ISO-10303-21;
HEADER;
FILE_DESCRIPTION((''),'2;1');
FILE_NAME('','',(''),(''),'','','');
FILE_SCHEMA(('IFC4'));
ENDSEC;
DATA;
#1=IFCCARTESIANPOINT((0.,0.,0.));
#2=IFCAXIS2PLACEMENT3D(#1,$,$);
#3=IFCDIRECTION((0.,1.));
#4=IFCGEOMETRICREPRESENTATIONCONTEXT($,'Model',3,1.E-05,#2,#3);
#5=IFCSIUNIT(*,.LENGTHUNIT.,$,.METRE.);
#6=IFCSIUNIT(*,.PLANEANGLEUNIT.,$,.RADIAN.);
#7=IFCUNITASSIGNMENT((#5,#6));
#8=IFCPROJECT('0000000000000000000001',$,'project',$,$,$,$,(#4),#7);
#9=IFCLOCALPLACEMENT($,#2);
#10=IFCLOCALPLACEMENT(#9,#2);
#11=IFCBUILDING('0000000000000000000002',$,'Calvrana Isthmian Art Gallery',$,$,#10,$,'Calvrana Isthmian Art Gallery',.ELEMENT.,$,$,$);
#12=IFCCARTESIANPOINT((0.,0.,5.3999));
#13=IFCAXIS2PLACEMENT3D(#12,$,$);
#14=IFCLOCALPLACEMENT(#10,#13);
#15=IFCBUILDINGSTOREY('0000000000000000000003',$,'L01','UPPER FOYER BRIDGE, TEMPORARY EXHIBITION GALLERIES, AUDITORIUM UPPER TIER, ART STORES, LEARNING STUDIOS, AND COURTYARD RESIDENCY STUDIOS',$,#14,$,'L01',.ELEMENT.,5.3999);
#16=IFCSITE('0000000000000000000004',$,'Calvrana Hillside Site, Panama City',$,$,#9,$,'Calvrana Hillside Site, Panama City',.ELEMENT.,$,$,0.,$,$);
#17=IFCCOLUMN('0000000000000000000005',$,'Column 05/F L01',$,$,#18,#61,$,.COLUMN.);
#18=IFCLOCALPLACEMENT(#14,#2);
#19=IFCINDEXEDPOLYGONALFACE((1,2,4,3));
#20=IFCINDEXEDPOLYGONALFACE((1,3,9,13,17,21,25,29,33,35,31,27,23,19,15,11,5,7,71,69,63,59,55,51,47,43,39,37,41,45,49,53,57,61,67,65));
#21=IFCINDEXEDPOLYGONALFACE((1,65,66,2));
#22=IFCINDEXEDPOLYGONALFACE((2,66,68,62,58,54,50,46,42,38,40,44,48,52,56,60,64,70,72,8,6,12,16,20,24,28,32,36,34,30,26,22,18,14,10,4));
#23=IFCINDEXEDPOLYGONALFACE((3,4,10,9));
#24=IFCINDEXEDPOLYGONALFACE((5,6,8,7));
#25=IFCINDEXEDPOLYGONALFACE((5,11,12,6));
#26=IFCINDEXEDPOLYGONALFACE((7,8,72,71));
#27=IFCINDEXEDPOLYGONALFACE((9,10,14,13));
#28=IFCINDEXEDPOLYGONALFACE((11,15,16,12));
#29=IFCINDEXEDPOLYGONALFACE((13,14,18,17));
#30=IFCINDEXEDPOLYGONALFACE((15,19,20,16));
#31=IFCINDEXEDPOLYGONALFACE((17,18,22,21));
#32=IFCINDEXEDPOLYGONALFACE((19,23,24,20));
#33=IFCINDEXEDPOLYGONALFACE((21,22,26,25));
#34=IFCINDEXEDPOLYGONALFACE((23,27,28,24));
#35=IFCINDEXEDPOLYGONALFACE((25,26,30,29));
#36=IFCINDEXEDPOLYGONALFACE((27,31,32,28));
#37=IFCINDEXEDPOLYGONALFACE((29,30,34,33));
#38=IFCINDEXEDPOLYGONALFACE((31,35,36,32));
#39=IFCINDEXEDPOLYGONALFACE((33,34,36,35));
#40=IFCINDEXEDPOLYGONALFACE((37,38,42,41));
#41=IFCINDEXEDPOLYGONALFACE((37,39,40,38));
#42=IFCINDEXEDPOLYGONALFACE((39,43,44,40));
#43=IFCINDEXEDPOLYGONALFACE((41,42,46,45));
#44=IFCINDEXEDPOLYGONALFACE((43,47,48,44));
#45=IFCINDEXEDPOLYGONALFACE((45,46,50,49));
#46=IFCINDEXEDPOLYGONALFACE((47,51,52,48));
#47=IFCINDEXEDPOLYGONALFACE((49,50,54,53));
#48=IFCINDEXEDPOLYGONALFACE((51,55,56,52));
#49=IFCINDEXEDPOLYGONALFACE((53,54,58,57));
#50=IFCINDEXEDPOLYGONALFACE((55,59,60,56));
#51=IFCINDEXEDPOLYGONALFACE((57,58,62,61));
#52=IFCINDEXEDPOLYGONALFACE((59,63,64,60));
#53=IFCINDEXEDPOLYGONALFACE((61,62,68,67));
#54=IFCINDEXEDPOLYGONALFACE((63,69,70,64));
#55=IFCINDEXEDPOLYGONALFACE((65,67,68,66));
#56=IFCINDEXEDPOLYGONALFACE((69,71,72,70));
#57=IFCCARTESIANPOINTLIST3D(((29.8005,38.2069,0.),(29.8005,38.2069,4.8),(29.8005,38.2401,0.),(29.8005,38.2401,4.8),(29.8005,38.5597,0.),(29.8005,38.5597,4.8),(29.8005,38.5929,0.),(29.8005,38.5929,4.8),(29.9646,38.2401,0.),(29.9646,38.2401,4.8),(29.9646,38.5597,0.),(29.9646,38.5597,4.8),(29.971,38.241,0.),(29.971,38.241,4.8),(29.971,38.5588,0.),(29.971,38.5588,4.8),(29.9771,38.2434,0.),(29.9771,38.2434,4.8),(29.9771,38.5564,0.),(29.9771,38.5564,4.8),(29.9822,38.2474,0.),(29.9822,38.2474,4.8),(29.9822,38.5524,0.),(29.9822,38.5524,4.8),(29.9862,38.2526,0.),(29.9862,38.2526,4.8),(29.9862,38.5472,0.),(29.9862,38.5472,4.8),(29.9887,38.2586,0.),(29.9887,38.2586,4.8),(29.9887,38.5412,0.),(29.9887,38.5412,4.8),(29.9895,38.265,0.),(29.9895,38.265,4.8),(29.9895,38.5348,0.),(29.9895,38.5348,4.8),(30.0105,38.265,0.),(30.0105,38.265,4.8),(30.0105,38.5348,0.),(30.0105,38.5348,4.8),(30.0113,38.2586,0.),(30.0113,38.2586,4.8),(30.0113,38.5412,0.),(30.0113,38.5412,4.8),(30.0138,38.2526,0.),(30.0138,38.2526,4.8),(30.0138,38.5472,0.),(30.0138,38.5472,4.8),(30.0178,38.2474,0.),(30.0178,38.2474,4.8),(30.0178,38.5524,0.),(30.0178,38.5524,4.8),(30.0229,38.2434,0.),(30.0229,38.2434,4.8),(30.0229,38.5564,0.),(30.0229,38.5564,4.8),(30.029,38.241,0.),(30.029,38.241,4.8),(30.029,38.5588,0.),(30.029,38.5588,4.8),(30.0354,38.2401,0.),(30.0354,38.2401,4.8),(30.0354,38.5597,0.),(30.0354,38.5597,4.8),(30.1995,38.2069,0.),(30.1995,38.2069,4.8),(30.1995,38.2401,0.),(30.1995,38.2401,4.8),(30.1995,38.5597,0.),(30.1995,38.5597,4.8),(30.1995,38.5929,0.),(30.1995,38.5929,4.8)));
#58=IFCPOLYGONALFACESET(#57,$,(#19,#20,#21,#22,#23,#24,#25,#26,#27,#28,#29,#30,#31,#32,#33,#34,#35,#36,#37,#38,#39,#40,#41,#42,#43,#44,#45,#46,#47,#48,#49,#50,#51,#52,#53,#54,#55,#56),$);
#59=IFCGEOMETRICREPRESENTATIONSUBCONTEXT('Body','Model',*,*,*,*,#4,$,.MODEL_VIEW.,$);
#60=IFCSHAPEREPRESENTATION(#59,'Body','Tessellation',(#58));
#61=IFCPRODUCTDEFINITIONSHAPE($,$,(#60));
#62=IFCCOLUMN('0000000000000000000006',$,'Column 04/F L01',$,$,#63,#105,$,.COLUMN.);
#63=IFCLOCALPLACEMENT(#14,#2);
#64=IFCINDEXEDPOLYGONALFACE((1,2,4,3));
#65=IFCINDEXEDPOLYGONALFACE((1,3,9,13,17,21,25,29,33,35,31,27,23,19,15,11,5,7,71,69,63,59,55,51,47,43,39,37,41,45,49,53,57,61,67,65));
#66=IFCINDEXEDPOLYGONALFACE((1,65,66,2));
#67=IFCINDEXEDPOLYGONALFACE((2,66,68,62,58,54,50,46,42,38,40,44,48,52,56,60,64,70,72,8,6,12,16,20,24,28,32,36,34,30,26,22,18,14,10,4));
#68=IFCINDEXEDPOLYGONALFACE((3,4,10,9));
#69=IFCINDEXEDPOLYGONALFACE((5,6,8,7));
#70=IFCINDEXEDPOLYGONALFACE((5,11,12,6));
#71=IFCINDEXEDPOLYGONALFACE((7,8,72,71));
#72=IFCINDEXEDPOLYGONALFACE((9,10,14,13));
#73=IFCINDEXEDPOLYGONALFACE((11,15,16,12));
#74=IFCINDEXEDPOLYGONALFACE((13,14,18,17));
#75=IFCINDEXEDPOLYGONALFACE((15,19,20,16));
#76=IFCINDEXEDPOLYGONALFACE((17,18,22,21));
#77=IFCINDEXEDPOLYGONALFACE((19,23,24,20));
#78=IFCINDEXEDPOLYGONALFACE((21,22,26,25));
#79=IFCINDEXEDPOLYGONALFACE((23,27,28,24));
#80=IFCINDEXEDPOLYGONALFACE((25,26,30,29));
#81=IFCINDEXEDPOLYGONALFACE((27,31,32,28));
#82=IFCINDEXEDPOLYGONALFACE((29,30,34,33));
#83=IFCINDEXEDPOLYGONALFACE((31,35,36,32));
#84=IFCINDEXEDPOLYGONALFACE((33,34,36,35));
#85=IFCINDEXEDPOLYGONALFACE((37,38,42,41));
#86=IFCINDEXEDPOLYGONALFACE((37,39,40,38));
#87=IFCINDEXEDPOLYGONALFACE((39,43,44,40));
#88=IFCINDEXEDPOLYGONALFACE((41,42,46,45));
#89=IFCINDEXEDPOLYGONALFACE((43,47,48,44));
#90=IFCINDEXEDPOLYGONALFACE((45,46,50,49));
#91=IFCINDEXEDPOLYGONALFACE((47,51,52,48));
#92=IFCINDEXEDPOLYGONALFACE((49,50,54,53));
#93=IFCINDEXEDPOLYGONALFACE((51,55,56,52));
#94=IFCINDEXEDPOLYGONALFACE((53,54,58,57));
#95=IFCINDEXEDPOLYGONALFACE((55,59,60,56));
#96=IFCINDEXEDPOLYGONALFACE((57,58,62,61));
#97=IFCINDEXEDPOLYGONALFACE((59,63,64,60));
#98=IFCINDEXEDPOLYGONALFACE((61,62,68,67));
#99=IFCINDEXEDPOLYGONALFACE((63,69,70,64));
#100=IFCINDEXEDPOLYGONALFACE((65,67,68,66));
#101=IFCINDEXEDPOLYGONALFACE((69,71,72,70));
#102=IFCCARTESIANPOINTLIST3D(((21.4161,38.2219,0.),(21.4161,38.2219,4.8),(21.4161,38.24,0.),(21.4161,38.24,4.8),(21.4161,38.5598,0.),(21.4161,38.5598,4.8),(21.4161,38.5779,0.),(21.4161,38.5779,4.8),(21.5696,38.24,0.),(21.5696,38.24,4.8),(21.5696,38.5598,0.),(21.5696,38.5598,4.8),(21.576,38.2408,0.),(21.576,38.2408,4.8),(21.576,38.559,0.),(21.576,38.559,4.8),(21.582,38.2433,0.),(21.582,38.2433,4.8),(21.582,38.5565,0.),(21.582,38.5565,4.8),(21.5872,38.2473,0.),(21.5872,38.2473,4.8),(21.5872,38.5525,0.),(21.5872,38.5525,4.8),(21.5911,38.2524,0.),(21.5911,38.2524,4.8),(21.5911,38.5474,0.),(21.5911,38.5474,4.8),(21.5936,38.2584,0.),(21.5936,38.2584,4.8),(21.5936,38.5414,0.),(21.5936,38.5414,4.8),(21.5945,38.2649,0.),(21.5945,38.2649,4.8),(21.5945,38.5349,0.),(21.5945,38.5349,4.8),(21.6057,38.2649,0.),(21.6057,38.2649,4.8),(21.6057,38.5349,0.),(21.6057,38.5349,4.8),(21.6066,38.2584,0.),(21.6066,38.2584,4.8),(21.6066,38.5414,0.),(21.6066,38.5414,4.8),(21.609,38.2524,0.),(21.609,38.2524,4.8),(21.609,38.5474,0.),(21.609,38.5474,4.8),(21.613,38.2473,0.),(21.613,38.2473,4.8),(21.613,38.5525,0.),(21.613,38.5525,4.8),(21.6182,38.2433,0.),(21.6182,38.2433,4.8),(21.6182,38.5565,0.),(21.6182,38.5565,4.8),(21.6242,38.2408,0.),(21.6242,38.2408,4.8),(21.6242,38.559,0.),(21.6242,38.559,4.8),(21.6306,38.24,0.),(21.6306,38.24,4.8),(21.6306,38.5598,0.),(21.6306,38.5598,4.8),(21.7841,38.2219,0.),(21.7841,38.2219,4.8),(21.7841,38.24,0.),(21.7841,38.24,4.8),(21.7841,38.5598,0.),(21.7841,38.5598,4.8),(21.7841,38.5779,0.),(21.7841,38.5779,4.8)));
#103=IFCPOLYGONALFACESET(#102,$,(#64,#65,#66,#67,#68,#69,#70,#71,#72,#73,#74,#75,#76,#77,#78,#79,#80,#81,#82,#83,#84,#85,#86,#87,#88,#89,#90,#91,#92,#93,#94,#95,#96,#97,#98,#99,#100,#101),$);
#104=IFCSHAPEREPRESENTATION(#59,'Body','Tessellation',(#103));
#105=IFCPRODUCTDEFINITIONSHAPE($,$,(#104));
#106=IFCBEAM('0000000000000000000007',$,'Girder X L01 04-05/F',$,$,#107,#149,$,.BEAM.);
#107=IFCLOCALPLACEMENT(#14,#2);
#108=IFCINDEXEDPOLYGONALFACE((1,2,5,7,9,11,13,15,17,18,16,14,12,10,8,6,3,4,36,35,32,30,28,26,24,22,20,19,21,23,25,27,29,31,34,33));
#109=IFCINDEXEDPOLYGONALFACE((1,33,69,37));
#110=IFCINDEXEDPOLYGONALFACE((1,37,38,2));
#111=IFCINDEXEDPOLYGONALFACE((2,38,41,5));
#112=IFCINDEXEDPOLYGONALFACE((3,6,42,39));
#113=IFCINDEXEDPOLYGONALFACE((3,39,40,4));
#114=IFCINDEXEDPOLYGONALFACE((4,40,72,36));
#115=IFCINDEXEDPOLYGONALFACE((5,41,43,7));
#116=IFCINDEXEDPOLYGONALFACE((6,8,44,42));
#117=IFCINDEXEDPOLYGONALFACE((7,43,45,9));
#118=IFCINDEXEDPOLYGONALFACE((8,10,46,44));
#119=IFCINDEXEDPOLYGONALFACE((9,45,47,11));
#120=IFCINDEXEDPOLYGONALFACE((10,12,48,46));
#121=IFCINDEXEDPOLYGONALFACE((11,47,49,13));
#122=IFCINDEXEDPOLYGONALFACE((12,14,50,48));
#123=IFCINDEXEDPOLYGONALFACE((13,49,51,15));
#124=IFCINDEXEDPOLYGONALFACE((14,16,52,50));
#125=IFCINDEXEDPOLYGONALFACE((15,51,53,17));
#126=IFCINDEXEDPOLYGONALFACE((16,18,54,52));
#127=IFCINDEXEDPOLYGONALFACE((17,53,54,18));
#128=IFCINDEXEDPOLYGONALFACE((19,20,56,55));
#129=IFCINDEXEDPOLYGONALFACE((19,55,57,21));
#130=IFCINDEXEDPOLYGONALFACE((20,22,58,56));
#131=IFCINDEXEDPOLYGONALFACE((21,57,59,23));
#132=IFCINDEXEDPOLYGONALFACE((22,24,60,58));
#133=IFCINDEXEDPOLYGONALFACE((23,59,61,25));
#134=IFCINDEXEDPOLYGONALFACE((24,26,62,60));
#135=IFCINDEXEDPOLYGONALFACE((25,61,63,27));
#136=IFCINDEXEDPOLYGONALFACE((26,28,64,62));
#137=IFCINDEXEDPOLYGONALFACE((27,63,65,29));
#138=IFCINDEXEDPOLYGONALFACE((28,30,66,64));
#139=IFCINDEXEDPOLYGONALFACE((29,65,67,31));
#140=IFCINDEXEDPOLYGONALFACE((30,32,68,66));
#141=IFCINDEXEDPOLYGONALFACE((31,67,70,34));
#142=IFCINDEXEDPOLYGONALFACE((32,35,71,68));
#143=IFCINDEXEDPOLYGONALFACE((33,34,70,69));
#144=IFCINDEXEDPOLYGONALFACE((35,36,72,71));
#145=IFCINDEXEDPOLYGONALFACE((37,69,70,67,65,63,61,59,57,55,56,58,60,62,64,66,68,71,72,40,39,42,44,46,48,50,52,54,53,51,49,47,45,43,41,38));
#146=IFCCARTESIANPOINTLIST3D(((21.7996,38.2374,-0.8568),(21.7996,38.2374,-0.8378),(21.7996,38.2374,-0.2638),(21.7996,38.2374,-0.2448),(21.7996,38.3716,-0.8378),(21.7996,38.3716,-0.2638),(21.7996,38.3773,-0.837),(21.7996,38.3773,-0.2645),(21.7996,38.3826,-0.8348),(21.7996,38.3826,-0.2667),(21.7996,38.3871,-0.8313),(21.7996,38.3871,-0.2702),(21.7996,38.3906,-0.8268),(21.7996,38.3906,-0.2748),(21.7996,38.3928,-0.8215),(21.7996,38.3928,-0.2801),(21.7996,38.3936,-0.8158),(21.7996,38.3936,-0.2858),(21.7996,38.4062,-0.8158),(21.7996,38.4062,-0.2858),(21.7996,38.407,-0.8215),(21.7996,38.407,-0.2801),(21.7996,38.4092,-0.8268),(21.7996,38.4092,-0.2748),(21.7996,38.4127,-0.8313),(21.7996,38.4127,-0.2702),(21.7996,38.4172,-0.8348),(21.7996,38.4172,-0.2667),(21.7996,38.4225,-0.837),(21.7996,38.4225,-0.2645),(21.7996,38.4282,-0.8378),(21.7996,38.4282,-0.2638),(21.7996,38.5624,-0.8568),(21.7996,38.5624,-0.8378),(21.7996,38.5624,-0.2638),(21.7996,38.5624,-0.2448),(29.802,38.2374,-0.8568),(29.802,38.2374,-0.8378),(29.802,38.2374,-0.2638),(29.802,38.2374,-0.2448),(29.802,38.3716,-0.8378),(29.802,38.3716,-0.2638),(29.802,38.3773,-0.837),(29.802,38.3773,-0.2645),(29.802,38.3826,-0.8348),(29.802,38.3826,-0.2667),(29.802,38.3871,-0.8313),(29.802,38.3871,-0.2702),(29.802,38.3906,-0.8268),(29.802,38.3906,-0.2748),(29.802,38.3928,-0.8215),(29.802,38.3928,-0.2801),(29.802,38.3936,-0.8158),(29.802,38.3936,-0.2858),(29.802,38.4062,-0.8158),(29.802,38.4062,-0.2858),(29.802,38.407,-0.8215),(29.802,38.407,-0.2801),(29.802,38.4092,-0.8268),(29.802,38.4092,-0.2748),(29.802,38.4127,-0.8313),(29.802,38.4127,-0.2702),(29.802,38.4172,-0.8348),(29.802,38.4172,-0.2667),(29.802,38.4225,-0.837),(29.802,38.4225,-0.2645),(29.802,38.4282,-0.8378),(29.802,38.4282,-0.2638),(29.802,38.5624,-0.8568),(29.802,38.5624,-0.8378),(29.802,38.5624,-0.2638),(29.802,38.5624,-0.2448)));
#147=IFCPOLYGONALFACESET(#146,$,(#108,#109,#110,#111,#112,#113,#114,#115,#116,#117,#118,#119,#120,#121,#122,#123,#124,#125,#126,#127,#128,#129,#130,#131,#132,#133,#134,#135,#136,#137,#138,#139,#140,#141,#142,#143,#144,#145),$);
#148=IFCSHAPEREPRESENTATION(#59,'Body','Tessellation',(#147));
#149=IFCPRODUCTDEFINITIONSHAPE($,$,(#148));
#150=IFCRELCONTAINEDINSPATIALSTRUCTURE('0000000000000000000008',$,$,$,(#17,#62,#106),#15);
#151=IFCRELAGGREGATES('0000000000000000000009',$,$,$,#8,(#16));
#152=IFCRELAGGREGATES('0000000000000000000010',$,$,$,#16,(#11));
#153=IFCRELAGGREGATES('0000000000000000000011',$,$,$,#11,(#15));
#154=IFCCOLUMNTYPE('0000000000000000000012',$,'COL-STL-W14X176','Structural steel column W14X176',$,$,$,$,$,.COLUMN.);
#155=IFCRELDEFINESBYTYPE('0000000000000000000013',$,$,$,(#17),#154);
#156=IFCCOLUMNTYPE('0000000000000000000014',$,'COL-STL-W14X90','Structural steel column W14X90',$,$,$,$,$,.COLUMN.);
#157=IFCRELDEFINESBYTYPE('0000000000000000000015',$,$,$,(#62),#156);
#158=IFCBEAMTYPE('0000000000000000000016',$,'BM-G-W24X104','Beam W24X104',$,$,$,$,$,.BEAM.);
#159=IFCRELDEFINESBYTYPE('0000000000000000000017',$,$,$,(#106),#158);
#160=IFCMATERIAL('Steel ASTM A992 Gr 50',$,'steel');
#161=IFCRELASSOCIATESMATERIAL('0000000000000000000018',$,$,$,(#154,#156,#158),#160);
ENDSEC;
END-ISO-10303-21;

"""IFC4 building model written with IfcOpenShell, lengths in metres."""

from ifc_helpers import new_model, si_unit, direction, frame, origin, origin_2d, place, context, subcontext, project, spatial, i_section, extrude, material, material_profile, profile_set, type_object, element, save


model = new_model("IFC4")

# Units and contexts
model_context = context("Model", 3, precision=1e-05, world=origin(), true_north=direction((0.0, 1.0)))
body_context = subcontext(model_context, "Body", "Model", "MODEL_VIEW")
ifc_project = project(units=[si_unit("LENGTHUNIT", "METRE"), si_unit("PLANEANGLEUNIT", "RADIAN")], contexts=[model_context])

# Site, building, storey
site_placement = place(None, origin())
site = spatial("IfcSite", under=ifc_project, at=site_placement, Name="Calvrana Hillside Site, Panama City", LongName="Calvrana Hillside Site, Panama City", CompositionType="ELEMENT", RefElevation=0.0)
building_placement = place(site_placement, origin())
building = spatial("IfcBuilding", under=site, at=building_placement, Name="Calvrana Isthmian Art Gallery", LongName="Calvrana Isthmian Art Gallery", CompositionType="ELEMENT")
storey_placement = place(building_placement, frame((0.0, 0.0, 5.3999)))
storey = spatial("IfcBuildingStorey", under=building, at=storey_placement, Name="L01", Description="UPPER FOYER BRIDGE, TEMPORARY EXHIBITION GALLERIES, AUDITORIUM UPPER TIER, ART STORES, LEARNING STUDIOS, AND COURTYARD RESIDENCY STUDIOS", LongName="L01", CompositionType="ELEMENT", Elevation=5.3999)

# Columns
ifc_material_1 = material(Name="Steel ASTM A992 Gr 50", Category="steel")
ifc_material_profile_1 = material_profile(ifc_material_1, i_section(OverallWidth=0.3989, OverallDepth=0.386, WebThickness=0.021, FlangeThickness=0.0332, FilletRadius=0.0249, at=origin_2d()), Name="W14X176")
ifc_profile_set_1 = profile_set([ifc_material_profile_1], Name="Steel ASTM A992 Gr 50")
column_type_1 = type_object("IfcColumnType", Name="COL-STL-W14X176", Description="Structural steel column W14X176", PredefinedType="COLUMN", material=ifc_profile_set_1)
column_1_placement = place(storey_placement, frame((30.0, 38.3999, 0.0), z_axis=(0.0, 0.0, 1.0), x_axis=(1.0, 0.0, 0.0)))
element("IfcColumn", 1, at=column_1_placement, inside=storey, type_object=column_type_1, Name="Column 05/F L01", PredefinedType="COLUMN", context=body_context, shape_type="SweptSolid", body=[
    extrude(i_section(OverallWidth=0.3989, OverallDepth=0.386, WebThickness=0.021, FlangeThickness=0.0332, FilletRadius=0.0249, at=origin_2d()), origin(), (0.0, 0.0, 1.0), 4.8),
])
ifc_material_profile_2 = material_profile(ifc_material_1, i_section(OverallWidth=0.3679, OverallDepth=0.356, WebThickness=0.0112, FlangeThickness=0.0181, FilletRadius=0.0249, at=origin_2d()), Name="W14X90")
ifc_profile_set_2 = profile_set([ifc_material_profile_2], Name="Steel ASTM A992 Gr 50")
column_type_2 = type_object("IfcColumnType", Name="COL-STL-W14X90", Description="Structural steel column W14X90", PredefinedType="COLUMN", material=ifc_profile_set_2)
column_2_placement = place(storey_placement, frame((21.6001, 38.3999, 0.0), z_axis=(0.0, 0.0, 1.0), x_axis=(1.0, 0.0, 0.0)))
element("IfcColumn", 2, at=column_2_placement, inside=storey, type_object=column_type_2, Name="Column 04/F L01", PredefinedType="COLUMN", context=body_context, shape_type="SweptSolid", body=[
    extrude(i_section(OverallWidth=0.3679, OverallDepth=0.356, WebThickness=0.0112, FlangeThickness=0.0181, FilletRadius=0.0249, at=origin_2d()), origin(), (0.0, 0.0, 1.0), 4.8),
])

# Beam
ifc_material_profile_3 = material_profile(ifc_material_1, i_section(OverallWidth=0.325, OverallDepth=0.6121, WebThickness=0.0127, FlangeThickness=0.019, FilletRadius=0.022, at=origin_2d()), Name="W24X104")
ifc_profile_set_3 = profile_set([ifc_material_profile_3], Name="Steel ASTM A992 Gr 50")
beam_type_1 = type_object("IfcBeamType", Name="BM-G-W24X104", Description="Beam W24X104", PredefinedType="BEAM", material=ifc_profile_set_3)
beam_1_placement = place(storey_placement, frame((21.7996, 38.3999, -0.5508), z_axis=(1.0, 0.0, 0.0), x_axis=(0.0, 1.0, 0.0)))
element("IfcBeam", 3, at=beam_1_placement, inside=storey, type_object=beam_type_1, Name="Girder X L01 04-05/F", PredefinedType="BEAM", context=body_context, shape_type="SweptSolid", body=[
    extrude(i_section(OverallWidth=0.325, OverallDepth=0.6121, WebThickness=0.0127, FlangeThickness=0.019, FilletRadius=0.022, at=origin_2d()), origin(), (0.0, 0.0, 1.0), 8.0024),
])

save(model, "model.ifc")
